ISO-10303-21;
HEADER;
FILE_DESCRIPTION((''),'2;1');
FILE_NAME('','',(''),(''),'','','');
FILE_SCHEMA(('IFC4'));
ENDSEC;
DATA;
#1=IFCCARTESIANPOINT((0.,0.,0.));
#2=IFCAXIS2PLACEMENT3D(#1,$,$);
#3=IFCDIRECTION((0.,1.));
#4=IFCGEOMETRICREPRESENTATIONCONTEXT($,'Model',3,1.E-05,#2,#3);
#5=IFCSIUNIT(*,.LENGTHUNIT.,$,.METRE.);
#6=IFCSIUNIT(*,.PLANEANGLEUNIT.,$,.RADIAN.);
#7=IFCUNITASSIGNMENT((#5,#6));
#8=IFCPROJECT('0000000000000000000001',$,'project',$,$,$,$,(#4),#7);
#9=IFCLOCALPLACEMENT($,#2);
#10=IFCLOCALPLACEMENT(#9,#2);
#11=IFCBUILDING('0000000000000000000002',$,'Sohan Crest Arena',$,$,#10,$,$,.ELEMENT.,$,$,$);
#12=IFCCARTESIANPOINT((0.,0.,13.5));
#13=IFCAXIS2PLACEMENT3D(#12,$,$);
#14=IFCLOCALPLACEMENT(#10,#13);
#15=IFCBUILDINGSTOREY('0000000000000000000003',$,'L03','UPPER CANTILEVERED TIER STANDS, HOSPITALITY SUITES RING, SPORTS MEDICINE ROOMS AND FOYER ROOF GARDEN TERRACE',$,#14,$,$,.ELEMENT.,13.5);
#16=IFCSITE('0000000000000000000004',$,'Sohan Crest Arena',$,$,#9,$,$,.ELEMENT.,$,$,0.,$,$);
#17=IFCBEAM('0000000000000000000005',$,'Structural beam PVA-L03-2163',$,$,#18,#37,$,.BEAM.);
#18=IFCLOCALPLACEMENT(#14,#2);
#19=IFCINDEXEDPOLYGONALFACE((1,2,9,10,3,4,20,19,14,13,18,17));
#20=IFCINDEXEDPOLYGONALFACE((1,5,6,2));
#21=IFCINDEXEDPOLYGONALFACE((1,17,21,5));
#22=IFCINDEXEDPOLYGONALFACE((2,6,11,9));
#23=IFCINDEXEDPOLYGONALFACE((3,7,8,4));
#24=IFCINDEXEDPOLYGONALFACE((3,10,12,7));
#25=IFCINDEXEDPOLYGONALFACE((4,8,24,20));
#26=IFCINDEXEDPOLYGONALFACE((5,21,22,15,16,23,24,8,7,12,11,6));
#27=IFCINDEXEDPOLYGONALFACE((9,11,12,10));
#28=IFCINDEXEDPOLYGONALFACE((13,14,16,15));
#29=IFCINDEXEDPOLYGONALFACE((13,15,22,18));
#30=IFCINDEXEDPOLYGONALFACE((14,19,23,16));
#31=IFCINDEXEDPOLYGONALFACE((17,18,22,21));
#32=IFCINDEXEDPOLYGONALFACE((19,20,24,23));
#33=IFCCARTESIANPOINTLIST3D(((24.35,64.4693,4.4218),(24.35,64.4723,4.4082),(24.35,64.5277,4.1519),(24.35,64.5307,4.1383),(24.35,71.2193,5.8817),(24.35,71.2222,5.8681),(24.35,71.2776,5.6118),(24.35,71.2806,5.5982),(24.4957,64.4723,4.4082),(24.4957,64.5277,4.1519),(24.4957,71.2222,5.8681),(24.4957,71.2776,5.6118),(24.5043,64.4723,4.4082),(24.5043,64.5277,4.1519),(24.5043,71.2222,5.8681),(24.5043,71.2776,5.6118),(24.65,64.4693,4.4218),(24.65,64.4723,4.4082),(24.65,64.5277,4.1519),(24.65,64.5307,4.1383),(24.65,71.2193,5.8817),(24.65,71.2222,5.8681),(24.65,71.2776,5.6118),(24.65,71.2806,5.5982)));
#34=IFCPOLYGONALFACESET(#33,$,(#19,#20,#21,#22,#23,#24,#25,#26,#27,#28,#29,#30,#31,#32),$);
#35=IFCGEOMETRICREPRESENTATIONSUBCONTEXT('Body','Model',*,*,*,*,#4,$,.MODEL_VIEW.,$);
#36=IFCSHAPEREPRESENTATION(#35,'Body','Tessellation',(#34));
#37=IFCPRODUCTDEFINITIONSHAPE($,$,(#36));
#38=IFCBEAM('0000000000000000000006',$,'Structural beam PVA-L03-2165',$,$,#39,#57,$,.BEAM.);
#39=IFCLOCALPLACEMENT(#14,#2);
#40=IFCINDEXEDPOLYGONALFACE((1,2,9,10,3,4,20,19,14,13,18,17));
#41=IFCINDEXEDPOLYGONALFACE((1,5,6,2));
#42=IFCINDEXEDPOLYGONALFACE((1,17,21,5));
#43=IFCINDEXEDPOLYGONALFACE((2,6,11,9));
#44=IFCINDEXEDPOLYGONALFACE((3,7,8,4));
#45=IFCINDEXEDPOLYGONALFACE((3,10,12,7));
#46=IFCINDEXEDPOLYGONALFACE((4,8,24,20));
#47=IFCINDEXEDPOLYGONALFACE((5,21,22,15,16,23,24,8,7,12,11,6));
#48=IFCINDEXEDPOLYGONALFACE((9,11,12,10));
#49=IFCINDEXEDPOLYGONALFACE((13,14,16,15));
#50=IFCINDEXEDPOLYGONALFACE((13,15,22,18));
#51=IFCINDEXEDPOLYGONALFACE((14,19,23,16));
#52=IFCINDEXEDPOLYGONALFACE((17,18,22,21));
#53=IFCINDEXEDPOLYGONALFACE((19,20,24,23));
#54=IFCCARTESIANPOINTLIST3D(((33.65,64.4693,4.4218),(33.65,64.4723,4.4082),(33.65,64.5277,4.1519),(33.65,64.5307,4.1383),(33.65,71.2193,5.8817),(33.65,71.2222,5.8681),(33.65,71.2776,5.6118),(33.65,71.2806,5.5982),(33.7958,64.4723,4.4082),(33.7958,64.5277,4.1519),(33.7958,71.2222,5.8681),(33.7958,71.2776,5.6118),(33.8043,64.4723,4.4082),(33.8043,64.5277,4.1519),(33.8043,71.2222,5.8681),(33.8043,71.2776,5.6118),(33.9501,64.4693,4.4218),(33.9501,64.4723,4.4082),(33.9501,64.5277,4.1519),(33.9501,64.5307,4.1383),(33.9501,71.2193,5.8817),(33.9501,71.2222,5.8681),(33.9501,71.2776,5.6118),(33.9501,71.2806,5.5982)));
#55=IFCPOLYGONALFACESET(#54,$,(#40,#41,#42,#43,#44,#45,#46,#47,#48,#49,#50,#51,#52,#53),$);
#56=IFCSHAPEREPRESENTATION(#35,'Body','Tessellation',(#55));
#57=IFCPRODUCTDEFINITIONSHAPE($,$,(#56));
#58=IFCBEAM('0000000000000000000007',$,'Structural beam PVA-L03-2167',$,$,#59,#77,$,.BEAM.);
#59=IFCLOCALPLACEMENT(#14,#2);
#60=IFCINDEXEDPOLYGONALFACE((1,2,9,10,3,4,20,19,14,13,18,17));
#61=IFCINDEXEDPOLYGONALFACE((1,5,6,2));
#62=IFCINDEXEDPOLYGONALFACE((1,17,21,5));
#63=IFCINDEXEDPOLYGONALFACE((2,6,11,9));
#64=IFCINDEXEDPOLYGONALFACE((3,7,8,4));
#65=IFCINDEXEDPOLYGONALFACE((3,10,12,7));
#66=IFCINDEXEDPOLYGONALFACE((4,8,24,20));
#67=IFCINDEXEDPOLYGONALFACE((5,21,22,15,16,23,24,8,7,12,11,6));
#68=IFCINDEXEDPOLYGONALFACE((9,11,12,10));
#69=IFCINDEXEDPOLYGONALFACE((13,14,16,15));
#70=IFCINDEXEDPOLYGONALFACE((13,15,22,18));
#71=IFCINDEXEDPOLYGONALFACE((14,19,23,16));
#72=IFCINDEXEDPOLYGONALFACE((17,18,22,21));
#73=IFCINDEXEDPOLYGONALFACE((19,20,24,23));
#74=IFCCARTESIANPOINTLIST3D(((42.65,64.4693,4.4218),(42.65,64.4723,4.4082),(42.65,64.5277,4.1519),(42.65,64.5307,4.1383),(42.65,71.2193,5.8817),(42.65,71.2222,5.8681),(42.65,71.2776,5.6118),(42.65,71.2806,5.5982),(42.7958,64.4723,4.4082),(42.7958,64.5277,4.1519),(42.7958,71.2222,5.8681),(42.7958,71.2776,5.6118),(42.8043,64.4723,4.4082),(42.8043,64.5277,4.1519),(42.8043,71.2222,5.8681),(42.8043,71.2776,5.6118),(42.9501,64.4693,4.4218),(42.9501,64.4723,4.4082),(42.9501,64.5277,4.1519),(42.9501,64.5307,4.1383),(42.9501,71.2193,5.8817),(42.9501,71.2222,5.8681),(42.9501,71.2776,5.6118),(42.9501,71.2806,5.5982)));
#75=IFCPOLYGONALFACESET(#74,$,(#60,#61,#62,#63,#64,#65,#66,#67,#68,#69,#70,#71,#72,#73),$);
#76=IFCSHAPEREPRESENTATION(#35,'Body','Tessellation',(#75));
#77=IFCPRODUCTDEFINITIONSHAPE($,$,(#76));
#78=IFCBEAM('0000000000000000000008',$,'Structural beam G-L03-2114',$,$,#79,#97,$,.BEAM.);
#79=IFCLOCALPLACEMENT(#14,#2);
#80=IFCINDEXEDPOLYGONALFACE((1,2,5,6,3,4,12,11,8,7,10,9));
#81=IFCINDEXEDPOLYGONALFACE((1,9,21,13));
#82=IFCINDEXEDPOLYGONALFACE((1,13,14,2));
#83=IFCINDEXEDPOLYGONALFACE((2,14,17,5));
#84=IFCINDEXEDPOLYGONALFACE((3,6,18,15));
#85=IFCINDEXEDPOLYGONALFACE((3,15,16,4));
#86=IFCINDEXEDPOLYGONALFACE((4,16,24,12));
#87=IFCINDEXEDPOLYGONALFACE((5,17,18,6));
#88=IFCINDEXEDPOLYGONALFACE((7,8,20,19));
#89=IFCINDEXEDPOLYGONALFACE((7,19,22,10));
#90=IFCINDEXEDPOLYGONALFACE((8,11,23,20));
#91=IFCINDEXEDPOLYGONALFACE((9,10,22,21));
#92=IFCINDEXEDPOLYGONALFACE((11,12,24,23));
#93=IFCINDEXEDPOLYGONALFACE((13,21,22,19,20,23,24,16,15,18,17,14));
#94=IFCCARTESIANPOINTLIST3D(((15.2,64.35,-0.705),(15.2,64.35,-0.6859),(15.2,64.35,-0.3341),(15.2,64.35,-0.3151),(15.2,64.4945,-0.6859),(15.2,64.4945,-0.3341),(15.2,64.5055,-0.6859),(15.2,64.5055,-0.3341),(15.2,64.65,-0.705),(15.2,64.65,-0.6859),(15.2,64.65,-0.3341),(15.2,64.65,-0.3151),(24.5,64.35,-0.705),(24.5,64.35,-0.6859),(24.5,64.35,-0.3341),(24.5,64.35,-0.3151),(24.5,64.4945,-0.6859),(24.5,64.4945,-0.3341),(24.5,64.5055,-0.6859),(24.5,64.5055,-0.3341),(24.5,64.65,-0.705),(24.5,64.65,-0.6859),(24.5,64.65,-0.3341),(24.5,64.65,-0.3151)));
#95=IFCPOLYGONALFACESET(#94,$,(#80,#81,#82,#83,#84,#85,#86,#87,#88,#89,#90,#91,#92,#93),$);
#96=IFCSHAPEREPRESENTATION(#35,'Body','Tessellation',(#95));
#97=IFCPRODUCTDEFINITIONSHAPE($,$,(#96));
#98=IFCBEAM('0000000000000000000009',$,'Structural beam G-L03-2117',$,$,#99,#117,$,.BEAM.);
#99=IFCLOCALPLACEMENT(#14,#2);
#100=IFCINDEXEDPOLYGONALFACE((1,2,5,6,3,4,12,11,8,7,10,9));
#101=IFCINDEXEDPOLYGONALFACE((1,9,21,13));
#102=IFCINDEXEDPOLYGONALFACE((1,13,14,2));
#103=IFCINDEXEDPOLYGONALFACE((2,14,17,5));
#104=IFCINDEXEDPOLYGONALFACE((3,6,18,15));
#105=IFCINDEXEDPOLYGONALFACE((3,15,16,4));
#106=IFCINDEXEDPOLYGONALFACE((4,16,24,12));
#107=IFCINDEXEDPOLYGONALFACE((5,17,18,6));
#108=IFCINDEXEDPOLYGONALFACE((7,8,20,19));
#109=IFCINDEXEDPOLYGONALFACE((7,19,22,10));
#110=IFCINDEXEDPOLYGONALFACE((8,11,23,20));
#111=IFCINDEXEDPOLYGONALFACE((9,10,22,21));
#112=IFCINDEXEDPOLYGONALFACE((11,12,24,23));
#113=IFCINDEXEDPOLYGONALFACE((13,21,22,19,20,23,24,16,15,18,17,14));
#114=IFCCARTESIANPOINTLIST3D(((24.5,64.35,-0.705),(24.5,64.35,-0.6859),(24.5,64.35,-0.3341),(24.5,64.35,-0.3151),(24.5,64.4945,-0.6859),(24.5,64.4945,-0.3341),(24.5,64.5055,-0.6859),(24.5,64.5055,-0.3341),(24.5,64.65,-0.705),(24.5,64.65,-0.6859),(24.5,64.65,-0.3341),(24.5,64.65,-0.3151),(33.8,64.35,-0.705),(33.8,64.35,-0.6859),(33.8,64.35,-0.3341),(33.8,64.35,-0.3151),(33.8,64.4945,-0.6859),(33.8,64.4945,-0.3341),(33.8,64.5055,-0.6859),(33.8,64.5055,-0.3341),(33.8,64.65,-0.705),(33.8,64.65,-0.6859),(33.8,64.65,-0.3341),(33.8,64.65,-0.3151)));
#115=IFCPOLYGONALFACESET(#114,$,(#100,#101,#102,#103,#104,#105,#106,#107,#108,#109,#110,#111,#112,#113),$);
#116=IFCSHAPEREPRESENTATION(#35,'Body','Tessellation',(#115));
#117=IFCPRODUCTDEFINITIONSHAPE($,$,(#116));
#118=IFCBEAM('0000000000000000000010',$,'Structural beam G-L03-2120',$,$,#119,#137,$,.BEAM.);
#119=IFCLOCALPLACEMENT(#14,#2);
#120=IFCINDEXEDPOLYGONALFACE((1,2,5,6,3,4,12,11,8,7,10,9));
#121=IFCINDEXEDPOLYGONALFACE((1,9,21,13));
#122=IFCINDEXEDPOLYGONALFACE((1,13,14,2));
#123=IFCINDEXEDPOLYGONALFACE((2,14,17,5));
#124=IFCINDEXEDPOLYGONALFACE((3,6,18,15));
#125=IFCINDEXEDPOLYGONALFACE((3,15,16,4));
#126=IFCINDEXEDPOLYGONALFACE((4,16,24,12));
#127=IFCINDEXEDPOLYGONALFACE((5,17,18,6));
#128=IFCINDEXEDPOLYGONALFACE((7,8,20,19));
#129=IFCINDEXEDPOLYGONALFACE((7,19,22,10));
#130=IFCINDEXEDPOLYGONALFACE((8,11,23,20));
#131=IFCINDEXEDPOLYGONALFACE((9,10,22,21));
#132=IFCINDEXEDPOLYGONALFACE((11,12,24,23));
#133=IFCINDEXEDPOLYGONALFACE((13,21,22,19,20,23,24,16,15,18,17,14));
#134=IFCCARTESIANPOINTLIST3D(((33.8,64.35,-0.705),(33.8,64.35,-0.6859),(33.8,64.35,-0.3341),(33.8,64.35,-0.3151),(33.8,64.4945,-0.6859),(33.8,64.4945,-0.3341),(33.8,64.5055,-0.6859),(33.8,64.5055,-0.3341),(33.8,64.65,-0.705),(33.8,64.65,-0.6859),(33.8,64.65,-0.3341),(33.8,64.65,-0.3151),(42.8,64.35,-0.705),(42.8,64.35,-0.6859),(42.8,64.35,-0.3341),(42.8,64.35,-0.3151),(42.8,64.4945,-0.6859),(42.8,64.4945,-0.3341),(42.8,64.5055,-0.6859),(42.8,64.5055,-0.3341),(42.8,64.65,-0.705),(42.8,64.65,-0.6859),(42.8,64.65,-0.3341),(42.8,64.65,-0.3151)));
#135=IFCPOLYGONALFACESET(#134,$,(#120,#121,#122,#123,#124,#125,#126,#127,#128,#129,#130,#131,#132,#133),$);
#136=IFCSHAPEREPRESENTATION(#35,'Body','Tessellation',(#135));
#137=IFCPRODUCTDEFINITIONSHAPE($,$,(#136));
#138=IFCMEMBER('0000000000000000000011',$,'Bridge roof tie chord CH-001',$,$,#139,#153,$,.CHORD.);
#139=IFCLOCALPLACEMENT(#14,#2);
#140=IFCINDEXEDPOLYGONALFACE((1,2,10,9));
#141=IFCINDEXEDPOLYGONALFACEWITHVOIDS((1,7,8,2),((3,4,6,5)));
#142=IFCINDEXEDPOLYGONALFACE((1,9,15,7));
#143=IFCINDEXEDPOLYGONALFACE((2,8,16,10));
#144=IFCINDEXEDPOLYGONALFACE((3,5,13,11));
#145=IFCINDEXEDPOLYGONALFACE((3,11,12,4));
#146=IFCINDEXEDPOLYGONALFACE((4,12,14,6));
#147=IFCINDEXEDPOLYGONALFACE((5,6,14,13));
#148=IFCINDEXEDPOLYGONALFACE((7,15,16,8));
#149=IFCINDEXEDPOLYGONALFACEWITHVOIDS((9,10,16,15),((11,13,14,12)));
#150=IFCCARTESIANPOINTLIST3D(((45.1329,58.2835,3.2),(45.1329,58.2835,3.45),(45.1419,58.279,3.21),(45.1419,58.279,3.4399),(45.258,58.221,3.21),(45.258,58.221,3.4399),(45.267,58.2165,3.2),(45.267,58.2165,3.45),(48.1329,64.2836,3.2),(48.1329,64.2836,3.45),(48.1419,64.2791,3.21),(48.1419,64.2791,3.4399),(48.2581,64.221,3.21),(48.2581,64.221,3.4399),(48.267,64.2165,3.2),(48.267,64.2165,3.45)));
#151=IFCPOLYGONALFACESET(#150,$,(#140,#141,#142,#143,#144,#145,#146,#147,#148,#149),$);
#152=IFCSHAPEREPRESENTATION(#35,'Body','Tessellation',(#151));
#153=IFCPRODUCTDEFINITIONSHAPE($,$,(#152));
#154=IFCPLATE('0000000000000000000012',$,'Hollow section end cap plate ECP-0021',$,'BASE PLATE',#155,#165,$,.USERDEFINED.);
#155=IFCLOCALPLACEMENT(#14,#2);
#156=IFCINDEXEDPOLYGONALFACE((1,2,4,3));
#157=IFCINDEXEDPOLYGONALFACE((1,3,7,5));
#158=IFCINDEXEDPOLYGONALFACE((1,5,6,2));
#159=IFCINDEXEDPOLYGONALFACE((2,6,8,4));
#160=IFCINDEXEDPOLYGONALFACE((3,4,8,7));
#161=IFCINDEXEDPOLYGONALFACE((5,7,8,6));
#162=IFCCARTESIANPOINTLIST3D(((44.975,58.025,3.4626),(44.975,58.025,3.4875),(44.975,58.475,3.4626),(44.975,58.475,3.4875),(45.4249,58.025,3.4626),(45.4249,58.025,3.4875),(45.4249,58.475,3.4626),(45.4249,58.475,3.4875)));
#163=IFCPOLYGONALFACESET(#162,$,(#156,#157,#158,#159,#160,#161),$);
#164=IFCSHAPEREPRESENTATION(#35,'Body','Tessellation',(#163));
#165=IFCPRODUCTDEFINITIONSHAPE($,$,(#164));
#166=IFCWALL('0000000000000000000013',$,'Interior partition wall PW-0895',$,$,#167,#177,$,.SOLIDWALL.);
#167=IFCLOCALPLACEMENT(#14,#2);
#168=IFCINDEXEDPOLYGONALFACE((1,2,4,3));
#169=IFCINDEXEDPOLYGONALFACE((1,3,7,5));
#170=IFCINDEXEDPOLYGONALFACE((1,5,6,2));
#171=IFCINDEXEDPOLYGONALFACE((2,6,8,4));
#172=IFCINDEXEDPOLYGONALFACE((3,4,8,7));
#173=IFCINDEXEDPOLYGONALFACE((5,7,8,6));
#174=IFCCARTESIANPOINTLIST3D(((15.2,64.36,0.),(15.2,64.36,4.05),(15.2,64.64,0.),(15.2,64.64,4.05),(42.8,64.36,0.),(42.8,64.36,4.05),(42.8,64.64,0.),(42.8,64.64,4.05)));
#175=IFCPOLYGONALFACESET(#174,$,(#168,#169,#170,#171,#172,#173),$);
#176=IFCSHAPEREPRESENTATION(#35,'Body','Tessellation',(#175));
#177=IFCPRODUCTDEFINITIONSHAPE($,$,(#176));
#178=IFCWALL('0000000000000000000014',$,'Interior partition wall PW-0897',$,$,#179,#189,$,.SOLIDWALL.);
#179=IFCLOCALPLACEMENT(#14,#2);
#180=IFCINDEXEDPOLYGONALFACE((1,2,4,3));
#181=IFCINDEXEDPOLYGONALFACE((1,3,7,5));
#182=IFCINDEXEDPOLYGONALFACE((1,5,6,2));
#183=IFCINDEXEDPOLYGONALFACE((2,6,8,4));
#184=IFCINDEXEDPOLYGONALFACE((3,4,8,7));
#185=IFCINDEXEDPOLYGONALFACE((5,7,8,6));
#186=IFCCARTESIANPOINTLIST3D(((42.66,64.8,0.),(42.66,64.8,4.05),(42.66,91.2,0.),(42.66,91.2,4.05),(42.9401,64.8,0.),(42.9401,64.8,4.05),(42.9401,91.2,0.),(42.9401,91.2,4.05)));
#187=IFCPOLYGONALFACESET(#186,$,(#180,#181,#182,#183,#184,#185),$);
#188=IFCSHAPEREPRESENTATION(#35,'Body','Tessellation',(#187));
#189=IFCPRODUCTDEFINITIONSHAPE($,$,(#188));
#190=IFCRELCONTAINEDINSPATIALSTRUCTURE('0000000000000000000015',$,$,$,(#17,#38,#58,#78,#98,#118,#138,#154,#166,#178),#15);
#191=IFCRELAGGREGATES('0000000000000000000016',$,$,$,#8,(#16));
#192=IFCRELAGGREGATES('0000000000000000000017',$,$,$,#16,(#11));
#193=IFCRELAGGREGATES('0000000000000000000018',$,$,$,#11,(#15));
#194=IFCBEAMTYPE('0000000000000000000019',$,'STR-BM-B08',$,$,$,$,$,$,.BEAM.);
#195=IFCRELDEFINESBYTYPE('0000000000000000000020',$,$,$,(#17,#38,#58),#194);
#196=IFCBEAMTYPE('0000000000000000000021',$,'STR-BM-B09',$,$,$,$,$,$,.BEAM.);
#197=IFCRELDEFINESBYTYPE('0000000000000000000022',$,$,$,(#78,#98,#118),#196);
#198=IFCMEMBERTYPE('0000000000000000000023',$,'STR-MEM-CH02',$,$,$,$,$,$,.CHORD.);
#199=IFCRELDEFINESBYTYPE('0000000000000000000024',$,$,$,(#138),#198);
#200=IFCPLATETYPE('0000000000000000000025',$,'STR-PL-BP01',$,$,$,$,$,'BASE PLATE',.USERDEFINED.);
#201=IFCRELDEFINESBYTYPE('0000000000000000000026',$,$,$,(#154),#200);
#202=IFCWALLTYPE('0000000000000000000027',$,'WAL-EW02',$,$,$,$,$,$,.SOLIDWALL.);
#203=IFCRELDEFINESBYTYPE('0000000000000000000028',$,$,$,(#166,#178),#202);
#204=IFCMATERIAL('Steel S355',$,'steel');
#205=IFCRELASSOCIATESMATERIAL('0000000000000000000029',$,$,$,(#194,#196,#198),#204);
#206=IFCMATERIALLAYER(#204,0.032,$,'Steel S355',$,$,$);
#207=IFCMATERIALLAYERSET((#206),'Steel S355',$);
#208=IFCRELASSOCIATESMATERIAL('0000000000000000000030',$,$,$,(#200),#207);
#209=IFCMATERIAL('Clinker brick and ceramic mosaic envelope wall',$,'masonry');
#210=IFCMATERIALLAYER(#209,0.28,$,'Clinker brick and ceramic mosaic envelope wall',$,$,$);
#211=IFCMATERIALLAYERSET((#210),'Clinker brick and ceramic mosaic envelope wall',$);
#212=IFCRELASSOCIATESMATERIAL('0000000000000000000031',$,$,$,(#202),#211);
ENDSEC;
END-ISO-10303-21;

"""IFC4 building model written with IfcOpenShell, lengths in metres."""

from ifc_helpers import new_model, si_unit, direction, frame, frame_2d, origin, origin_2d, place, context, subcontext, project, spatial, rectangle, hollow_rectangle, i_section, extrude, material, layer, layer_set, material_profile, profile_set, type_object, element, save


model = new_model("IFC4")

# Units and contexts
model_context = context("Model", 3, precision=1e-05, world=origin(), true_north=direction((0.0, 1.0)))
body_context = subcontext(model_context, "Body", "Model", "MODEL_VIEW")
ifc_project = project(units=[si_unit("LENGTHUNIT", "METRE"), si_unit("PLANEANGLEUNIT", "RADIAN")], contexts=[model_context])

# Site, building, storey
site_placement = place(None, origin())
site = spatial("IfcSite", under=ifc_project, at=site_placement, Name="Sohan Crest Arena", CompositionType="ELEMENT", RefElevation=0.0)
building_placement = place(site_placement, origin())
building = spatial("IfcBuilding", under=site, at=building_placement, Name="Sohan Crest Arena", CompositionType="ELEMENT")
storey_placement = place(building_placement, frame((0.0, 0.0, 13.5)))
storey = spatial("IfcBuildingStorey", under=building, at=storey_placement, Name="L03", Description="UPPER CANTILEVERED TIER STANDS, HOSPITALITY SUITES RING, SPORTS MEDICINE ROOMS AND FOYER ROOF GARDEN TERRACE", CompositionType="ELEMENT", Elevation=13.5)

# Shared definitions
ifc_material_1 = material(Name="Steel S355", Category="steel")

# Beams
ifc_material_profile_1 = material_profile(ifc_material_1, i_section(OverallWidth=0.3, OverallDepth=0.29, WebThickness=0.0085, FlangeThickness=0.0139, at=origin_2d()), Name="HEA 300")
ifc_profile_set_1 = profile_set([ifc_material_profile_1], Name="Steel S355")
beam_type_1 = type_object("IfcBeamType", Name="STR-BM-B08", PredefinedType="BEAM", material=ifc_profile_set_1)
for number, where, z_axis, x_axis, name in (
    (1, (24.5, 64.5, 4.28), (0.0, 0.977399, 0.211402), (-1.0, 0.0, 0.0), "Structural beam PVA-L03-2163"),
    (2, (33.8, 64.5, 4.28), (0.0, 0.977399, 0.211402), (-1.0, 0.0, 0.0), "Structural beam PVA-L03-2165"),
    (3, (42.8, 64.5, 4.28), (0.0, 0.977399, 0.211402), (-1.0, 0.0, 0.0), "Structural beam PVA-L03-2167"),
):
    element("IfcBeam", number, at=place(storey_placement, frame(where, z_axis=z_axis, x_axis=x_axis)), inside=storey, type_object=beam_type_1, Name=name, PredefinedType="BEAM", context=body_context, shape_type="SweptSolid", body=[
        extrude(i_section(OverallWidth=0.3, OverallDepth=0.29, WebThickness=0.0085, FlangeThickness=0.0139, at=origin_2d()), origin(), (0.0, 0.0, 1.0), 6.906),
    ])
ifc_material_profile_2 = material_profile(ifc_material_1, i_section(OverallWidth=0.3, OverallDepth=0.3899, WebThickness=0.011, FlangeThickness=0.019, at=origin_2d()), Name="HEA 400")
ifc_profile_set_2 = profile_set([ifc_material_profile_2], Name="Steel S355")
beam_type_2 = type_object("IfcBeamType", Name="STR-BM-B09", PredefinedType="BEAM", material=ifc_profile_set_2)
for number, where, z_axis, x_axis, name in (
    (4, (15.2, 64.5, -0.51), (1.0, 0.0, 0.0), (0.0, 1.0, 0.0), "Structural beam G-L03-2114"),
    (5, (24.5, 64.5, -0.51), (1.0, 0.0, 0.0), (0.0, 1.0, 0.0), "Structural beam G-L03-2117"),
):
    element("IfcBeam", number, at=place(storey_placement, frame(where, z_axis=z_axis, x_axis=x_axis)), inside=storey, type_object=beam_type_2, Name=name, PredefinedType="BEAM", context=body_context, shape_type="SweptSolid", body=[
        extrude(i_section(OverallWidth=0.3, OverallDepth=0.3899, WebThickness=0.011, FlangeThickness=0.019, at=origin_2d()), origin(), (0.0, 0.0, 1.0), 9.3),
    ])
beam_1_placement = place(storey_placement, frame((33.8, 64.5, -0.51), z_axis=(1.0, 0.0, 0.0), x_axis=(0.0, 1.0, 0.0)))
element("IfcBeam", 6, at=beam_1_placement, inside=storey, type_object=beam_type_2, Name="Structural beam G-L03-2120", PredefinedType="BEAM", context=body_context, shape_type="SweptSolid", body=[
    extrude(i_section(OverallWidth=0.3, OverallDepth=0.3899, WebThickness=0.011, FlangeThickness=0.019, at=origin_2d()), origin(), (0.0, 0.0, 1.0), 9.0),
])

# Member
ifc_material_profile_3 = material_profile(ifc_material_1, hollow_rectangle(XDim=0.1499, YDim=0.25, WallThickness=0.01, at=origin_2d()), Name="RHS 250x150x10")
ifc_profile_set_3 = profile_set([ifc_material_profile_3], Name="Steel S355")
member_type = type_object("IfcMemberType", Name="STR-MEM-CH02", PredefinedType="CHORD", material=ifc_profile_set_3)
member_placement = place(storey_placement, frame((45.2, 58.25, 3.325), z_axis=(0.447214, 0.894427, 0.0), x_axis=(-0.894427, 0.447214, 0.0)))
element("IfcMember", 7, at=member_placement, inside=storey, type_object=member_type, Name="Bridge roof tie chord CH-001", PredefinedType="CHORD", context=body_context, shape_type="SweptSolid", body=[
    extrude(hollow_rectangle(XDim=0.1499, YDim=0.25, WallThickness=0.01, at=origin_2d()), origin(), (0.0, 0.0, 1.0), 6.7083),
])

# Plate
ifc_layer_1 = layer(ifc_material_1, 0.032, Name="Steel S355")
ifc_layer_set_1 = layer_set([ifc_layer_1], Name="Steel S355")
plate_type = type_object("IfcPlateType", Name="STR-PL-BP01", ElementType="BASE PLATE", PredefinedType="USERDEFINED", material=ifc_layer_set_1)
plate_placement = place(storey_placement, frame((45.2, 58.25, 3.4626), z_axis=(0.0, 0.0, 1.0), x_axis=(1.0, 0.0, 0.0)))
element("IfcPlate", 8, at=plate_placement, inside=storey, type_object=plate_type, Name="Hollow section end cap plate ECP-0021", ObjectType="BASE PLATE", PredefinedType="USERDEFINED", context=body_context, shape_type="SweptSolid", body=[
    extrude(rectangle(XDim=0.45, YDim=0.45, at=origin_2d()), origin(), (0.0, 0.0, 1.0), 0.0249),
])

# Walls
ifc_material_2 = material(Name="Clinker brick and ceramic mosaic envelope wall", Category="masonry")
ifc_layer_2 = layer(ifc_material_2, 0.28, Name="Clinker brick and ceramic mosaic envelope wall")
ifc_layer_set_2 = layer_set([ifc_layer_2], Name="Clinker brick and ceramic mosaic envelope wall")
wall_type_1 = type_object("IfcWallType", Name="WAL-EW02", PredefinedType="SOLIDWALL", material=ifc_layer_set_2)
wall_1_placement = place(storey_placement, frame((15.2, 64.5, 0.0), z_axis=(0.0, 0.0, 1.0), x_axis=(1.0, 0.0, 0.0)))
element("IfcWall", 9, at=wall_1_placement, inside=storey, type_object=wall_type_1, Name="Interior partition wall PW-0895", PredefinedType="SOLIDWALL", context=body_context, shape_type="SweptSolid", body=[
    extrude(rectangle(XDim=27.6001, YDim=0.28, at=frame_2d((13.8, 0.0))), origin(), (0.0, 0.0, 1.0), 4.05),
])
wall_2_placement = place(storey_placement, frame((42.8, 64.8, 0.0), z_axis=(0.0, 0.0, 1.0), x_axis=(0.0, 1.0, 0.0)))
element("IfcWall", 10, at=wall_2_placement, inside=storey, type_object=wall_type_1, Name="Interior partition wall PW-0897", PredefinedType="SOLIDWALL", context=body_context, shape_type="SweptSolid", body=[
    extrude(rectangle(XDim=26.3999, YDim=0.28, at=frame_2d((13.2, 0.0))), origin(), (0.0, 0.0, 1.0), 4.05),
])

save(model, "model.ifc")
